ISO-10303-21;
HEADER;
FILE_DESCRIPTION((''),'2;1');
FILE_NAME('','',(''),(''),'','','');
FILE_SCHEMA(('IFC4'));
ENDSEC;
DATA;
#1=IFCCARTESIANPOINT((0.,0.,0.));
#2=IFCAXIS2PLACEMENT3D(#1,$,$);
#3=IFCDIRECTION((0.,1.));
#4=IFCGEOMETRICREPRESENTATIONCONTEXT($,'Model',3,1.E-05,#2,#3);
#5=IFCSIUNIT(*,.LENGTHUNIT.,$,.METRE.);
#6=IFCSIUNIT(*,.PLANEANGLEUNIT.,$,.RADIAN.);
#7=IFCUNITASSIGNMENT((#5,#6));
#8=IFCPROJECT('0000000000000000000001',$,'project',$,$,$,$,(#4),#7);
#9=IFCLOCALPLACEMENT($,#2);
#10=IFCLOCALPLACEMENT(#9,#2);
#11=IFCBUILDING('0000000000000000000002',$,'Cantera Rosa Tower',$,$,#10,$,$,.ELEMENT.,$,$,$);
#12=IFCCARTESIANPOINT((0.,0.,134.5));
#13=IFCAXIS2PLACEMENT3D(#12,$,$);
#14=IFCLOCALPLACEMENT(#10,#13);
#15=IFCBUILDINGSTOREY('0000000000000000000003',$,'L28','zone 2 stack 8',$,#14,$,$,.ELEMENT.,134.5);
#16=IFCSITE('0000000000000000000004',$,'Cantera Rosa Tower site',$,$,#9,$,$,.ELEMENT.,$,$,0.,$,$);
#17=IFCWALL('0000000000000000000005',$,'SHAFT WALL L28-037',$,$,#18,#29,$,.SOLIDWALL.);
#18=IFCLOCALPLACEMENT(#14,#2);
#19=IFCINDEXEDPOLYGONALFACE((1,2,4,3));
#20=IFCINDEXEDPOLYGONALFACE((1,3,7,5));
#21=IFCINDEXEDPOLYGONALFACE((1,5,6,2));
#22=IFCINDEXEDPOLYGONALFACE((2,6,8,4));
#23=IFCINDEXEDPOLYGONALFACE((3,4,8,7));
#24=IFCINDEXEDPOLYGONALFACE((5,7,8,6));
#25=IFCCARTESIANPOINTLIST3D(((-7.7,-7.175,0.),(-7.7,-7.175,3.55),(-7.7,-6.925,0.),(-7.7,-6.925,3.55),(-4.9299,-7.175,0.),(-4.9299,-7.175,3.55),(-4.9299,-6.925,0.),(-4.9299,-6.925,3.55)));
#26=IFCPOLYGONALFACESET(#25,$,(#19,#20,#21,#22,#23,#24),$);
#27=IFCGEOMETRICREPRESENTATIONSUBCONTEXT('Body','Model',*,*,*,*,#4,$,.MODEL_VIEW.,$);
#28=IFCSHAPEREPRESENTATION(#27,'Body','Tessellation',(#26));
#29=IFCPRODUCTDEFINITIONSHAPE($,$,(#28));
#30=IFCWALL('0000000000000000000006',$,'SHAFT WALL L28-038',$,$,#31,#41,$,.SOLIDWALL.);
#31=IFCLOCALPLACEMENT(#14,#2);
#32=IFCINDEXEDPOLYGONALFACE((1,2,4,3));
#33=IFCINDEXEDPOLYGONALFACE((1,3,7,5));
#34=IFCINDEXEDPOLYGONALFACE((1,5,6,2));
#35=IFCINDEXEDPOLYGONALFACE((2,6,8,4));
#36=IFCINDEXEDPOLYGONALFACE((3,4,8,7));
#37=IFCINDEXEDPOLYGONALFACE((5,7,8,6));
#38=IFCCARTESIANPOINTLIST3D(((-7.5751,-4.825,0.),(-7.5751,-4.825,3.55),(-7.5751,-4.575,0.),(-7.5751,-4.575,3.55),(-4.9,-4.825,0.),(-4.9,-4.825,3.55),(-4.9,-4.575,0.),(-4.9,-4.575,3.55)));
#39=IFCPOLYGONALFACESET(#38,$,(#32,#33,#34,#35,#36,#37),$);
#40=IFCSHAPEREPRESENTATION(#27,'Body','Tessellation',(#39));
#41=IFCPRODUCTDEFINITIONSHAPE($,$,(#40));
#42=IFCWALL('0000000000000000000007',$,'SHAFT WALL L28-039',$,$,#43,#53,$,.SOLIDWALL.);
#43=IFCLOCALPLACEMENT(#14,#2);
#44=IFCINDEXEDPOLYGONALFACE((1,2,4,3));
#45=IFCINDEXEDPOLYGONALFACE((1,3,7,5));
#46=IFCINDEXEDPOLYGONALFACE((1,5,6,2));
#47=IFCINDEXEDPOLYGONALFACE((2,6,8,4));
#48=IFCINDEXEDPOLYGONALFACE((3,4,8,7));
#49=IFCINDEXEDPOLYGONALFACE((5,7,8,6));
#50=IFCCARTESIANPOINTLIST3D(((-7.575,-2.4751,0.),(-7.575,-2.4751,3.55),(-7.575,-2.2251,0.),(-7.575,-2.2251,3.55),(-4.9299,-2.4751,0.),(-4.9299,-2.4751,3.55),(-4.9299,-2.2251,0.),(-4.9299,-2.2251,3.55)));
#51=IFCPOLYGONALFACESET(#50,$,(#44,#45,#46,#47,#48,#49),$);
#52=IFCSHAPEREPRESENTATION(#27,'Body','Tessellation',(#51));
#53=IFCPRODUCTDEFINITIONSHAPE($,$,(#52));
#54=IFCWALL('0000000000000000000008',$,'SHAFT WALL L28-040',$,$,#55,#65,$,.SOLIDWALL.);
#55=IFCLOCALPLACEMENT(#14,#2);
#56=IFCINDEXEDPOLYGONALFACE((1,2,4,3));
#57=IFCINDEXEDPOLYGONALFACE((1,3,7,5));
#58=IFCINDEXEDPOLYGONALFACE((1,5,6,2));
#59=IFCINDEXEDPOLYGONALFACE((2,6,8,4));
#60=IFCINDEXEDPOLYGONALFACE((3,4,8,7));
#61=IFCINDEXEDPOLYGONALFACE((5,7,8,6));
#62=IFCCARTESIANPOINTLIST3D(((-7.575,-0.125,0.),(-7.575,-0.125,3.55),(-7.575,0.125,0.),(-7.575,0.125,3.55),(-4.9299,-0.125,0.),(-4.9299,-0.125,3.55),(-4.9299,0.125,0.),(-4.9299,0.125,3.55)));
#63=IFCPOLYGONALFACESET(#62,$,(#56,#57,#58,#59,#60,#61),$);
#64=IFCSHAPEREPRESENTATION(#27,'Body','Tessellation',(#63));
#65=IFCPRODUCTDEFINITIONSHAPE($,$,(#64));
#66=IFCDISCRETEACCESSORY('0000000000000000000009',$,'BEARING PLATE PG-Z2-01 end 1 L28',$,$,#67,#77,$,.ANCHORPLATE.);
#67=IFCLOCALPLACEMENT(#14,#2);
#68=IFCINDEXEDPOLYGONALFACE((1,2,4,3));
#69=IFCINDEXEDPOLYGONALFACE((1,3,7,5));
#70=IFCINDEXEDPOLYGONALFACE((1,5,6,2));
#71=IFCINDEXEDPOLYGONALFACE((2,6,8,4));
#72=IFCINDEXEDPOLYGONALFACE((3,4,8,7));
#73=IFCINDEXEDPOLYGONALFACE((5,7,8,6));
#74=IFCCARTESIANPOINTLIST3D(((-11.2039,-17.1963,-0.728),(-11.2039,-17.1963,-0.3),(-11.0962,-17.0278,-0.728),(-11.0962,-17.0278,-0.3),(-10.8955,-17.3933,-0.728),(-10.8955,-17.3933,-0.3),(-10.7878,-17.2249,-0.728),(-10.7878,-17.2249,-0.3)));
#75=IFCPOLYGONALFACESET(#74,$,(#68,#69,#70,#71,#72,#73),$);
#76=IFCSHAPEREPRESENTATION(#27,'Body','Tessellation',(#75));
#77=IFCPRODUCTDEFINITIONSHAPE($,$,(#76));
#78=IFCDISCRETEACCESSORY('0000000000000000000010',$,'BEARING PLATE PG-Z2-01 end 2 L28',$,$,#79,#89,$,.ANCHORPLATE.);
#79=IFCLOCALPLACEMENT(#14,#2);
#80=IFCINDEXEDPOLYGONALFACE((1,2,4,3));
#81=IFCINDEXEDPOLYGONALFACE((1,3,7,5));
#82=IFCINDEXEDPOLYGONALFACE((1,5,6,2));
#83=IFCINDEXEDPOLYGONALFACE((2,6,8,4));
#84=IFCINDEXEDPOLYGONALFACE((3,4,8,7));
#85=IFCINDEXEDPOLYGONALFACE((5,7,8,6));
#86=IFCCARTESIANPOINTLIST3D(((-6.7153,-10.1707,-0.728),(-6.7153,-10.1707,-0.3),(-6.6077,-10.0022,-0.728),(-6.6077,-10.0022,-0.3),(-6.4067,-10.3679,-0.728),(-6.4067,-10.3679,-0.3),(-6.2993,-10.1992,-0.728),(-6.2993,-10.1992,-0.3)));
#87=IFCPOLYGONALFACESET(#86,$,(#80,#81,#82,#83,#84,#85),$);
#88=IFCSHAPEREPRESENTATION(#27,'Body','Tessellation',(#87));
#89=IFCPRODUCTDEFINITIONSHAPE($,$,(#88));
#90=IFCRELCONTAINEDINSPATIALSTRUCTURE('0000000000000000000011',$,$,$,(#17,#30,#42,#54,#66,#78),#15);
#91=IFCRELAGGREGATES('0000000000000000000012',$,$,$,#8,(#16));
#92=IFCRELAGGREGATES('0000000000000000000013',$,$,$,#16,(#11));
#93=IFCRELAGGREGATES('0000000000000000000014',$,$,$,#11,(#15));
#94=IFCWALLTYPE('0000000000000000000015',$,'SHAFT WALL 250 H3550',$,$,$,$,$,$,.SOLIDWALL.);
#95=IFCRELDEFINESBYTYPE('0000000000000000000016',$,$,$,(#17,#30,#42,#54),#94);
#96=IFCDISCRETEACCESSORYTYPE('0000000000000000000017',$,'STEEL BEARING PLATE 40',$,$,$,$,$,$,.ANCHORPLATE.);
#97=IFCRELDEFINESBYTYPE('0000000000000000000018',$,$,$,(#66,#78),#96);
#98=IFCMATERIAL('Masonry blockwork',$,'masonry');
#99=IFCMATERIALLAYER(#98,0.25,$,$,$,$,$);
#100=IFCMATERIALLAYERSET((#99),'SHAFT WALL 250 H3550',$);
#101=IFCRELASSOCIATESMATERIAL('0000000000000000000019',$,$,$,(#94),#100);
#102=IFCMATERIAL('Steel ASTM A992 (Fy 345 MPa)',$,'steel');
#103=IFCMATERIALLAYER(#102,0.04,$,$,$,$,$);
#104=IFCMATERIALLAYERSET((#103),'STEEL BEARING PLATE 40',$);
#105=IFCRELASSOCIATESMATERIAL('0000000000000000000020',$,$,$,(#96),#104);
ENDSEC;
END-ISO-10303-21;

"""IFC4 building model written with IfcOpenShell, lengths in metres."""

from ifc_helpers import new_model, si_unit, direction, frame, frame_2d, origin, place, context, subcontext, project, spatial, polyline, rectangle, outline, extrude, material, layer, layer_set, type_object, element, save


model = new_model("IFC4")

# Units and contexts
model_context = context("Model", 3, precision=1e-05, world=origin(), true_north=direction((0.0, 1.0)))
body_context = subcontext(model_context, "Body", "Model", "MODEL_VIEW")
ifc_project = project(units=[si_unit("LENGTHUNIT", "METRE"), si_unit("PLANEANGLEUNIT", "RADIAN")], contexts=[model_context])

# Site, building, storey
site_placement = place(None, origin())
site = spatial("IfcSite", under=ifc_project, at=site_placement, Name="Cantera Rosa Tower site", CompositionType="ELEMENT", RefElevation=0.0)
building_placement = place(site_placement, origin())
building = spatial("IfcBuilding", under=site, at=building_placement, Name="Cantera Rosa Tower", CompositionType="ELEMENT")
storey_placement = place(building_placement, frame((0.0, 0.0, 134.5)))
storey = spatial("IfcBuildingStorey", under=building, at=storey_placement, Name="L28", Description="zone 2 stack 8", CompositionType="ELEMENT", Elevation=134.5)

# Walls
ifc_material_1 = material(Name="Masonry blockwork", Category="masonry")
ifc_layer_1 = layer(ifc_material_1, 0.25)
ifc_layer_set_1 = layer_set([ifc_layer_1], Name="SHAFT WALL 250 H3550")
wall_type_1 = type_object("IfcWallType", Name="SHAFT WALL 250 H3550", PredefinedType="SOLIDWALL", material=ifc_layer_set_1)
wall_1_placement = place(storey_placement, frame((-7.7, -7.05, 0.0), z_axis=(0.0, 0.0, 1.0), x_axis=(1.0, 0.0, 0.0)))
element("IfcWall", 1, at=wall_1_placement, inside=storey, type_object=wall_type_1, Name="SHAFT WALL L28-037", PredefinedType="SOLIDWALL", context=body_context, shape_type="SweptSolid", body=[
    extrude(rectangle(XDim=2.77, YDim=0.25, at=frame_2d((1.385, 0.0))), origin(), (0.0, 0.0, 1.0), 3.55),
])
wall_2_placement = place(storey_placement, frame((-7.575, -4.7, 0.0), z_axis=(0.0, 0.0, 1.0), x_axis=(1.0, 0.0, 0.0)))
element("IfcWall", 2, at=wall_2_placement, inside=storey, type_object=wall_type_1, Name="SHAFT WALL L28-038", PredefinedType="SOLIDWALL", context=body_context, shape_type="SweptSolid", body=[
    extrude(rectangle(XDim=2.675, YDim=0.25, at=frame_2d((1.3374, 0.0))), origin(), (0.0, 0.0, 1.0), 3.55),
])
for number, where, z_axis, x_axis, name in (
    (3, (-7.575, -2.3501, 0.0), (0.0, 0.0, 1.0), (1.0, 0.0, 0.0), "SHAFT WALL L28-039"),
    (4, (-7.575, 0.0, 0.0), (0.0, 0.0, 1.0), (1.0, 0.0, 0.0), "SHAFT WALL L28-040"),
):
    element("IfcWall", number, at=place(storey_placement, frame(where, z_axis=z_axis, x_axis=x_axis)), inside=storey, type_object=wall_type_1, Name=name, PredefinedType="SOLIDWALL", context=body_context, shape_type="SweptSolid", body=[
        extrude(rectangle(XDim=2.645, YDim=0.25, at=frame_2d((1.3225, 0.0))), origin(), (0.0, 0.0, 1.0), 3.55),
    ])

# Discrete accessories
ifc_material_2 = material(Name="Steel ASTM A992 (Fy 345 MPa)", Category="steel")
ifc_layer_2 = layer(ifc_material_2, 0.04)
ifc_layer_set_2 = layer_set([ifc_layer_2], Name="STEEL BEARING PLATE 40")
discrete_accessory_type = type_object("IfcDiscreteAccessoryType", Name="STEEL BEARING PLATE 40", PredefinedType="ANCHORPLATE", material=ifc_layer_set_2)
discrete_accessory_1_placement = place(storey_placement, frame((0.0, 0.0, -0.728)))
element("IfcDiscreteAccessory", 5, at=discrete_accessory_1_placement, inside=storey, type_object=discrete_accessory_type, Name="BEARING PLATE PG-Z2-01 end 1 L28", PredefinedType="ANCHORPLATE", context=body_context, shape_type="SweptSolid", body=[
    extrude(outline(polyline([(-11.0962, -17.0278), (-11.2039, -17.1963), (-10.8955, -17.3933), (-10.7878, -17.2249), (-11.0962, -17.0278)])), origin(), (0.0, 0.0, 1.0), 0.428),
])
discrete_accessory_2_placement = place(storey_placement, frame((0.0, 0.0, -0.728)))
element("IfcDiscreteAccessory", 6, at=discrete_accessory_2_placement, inside=storey, type_object=discrete_accessory_type, Name="BEARING PLATE PG-Z2-01 end 2 L28", PredefinedType="ANCHORPLATE", context=body_context, shape_type="SweptSolid", body=[
    extrude(outline(polyline([(-6.4067, -10.3679), (-6.2993, -10.1992), (-6.6077, -10.0022), (-6.7153, -10.1707), (-6.4067, -10.3679)])), origin(), (0.0, 0.0, 1.0), 0.428),
])

save(model, "model.ifc")
